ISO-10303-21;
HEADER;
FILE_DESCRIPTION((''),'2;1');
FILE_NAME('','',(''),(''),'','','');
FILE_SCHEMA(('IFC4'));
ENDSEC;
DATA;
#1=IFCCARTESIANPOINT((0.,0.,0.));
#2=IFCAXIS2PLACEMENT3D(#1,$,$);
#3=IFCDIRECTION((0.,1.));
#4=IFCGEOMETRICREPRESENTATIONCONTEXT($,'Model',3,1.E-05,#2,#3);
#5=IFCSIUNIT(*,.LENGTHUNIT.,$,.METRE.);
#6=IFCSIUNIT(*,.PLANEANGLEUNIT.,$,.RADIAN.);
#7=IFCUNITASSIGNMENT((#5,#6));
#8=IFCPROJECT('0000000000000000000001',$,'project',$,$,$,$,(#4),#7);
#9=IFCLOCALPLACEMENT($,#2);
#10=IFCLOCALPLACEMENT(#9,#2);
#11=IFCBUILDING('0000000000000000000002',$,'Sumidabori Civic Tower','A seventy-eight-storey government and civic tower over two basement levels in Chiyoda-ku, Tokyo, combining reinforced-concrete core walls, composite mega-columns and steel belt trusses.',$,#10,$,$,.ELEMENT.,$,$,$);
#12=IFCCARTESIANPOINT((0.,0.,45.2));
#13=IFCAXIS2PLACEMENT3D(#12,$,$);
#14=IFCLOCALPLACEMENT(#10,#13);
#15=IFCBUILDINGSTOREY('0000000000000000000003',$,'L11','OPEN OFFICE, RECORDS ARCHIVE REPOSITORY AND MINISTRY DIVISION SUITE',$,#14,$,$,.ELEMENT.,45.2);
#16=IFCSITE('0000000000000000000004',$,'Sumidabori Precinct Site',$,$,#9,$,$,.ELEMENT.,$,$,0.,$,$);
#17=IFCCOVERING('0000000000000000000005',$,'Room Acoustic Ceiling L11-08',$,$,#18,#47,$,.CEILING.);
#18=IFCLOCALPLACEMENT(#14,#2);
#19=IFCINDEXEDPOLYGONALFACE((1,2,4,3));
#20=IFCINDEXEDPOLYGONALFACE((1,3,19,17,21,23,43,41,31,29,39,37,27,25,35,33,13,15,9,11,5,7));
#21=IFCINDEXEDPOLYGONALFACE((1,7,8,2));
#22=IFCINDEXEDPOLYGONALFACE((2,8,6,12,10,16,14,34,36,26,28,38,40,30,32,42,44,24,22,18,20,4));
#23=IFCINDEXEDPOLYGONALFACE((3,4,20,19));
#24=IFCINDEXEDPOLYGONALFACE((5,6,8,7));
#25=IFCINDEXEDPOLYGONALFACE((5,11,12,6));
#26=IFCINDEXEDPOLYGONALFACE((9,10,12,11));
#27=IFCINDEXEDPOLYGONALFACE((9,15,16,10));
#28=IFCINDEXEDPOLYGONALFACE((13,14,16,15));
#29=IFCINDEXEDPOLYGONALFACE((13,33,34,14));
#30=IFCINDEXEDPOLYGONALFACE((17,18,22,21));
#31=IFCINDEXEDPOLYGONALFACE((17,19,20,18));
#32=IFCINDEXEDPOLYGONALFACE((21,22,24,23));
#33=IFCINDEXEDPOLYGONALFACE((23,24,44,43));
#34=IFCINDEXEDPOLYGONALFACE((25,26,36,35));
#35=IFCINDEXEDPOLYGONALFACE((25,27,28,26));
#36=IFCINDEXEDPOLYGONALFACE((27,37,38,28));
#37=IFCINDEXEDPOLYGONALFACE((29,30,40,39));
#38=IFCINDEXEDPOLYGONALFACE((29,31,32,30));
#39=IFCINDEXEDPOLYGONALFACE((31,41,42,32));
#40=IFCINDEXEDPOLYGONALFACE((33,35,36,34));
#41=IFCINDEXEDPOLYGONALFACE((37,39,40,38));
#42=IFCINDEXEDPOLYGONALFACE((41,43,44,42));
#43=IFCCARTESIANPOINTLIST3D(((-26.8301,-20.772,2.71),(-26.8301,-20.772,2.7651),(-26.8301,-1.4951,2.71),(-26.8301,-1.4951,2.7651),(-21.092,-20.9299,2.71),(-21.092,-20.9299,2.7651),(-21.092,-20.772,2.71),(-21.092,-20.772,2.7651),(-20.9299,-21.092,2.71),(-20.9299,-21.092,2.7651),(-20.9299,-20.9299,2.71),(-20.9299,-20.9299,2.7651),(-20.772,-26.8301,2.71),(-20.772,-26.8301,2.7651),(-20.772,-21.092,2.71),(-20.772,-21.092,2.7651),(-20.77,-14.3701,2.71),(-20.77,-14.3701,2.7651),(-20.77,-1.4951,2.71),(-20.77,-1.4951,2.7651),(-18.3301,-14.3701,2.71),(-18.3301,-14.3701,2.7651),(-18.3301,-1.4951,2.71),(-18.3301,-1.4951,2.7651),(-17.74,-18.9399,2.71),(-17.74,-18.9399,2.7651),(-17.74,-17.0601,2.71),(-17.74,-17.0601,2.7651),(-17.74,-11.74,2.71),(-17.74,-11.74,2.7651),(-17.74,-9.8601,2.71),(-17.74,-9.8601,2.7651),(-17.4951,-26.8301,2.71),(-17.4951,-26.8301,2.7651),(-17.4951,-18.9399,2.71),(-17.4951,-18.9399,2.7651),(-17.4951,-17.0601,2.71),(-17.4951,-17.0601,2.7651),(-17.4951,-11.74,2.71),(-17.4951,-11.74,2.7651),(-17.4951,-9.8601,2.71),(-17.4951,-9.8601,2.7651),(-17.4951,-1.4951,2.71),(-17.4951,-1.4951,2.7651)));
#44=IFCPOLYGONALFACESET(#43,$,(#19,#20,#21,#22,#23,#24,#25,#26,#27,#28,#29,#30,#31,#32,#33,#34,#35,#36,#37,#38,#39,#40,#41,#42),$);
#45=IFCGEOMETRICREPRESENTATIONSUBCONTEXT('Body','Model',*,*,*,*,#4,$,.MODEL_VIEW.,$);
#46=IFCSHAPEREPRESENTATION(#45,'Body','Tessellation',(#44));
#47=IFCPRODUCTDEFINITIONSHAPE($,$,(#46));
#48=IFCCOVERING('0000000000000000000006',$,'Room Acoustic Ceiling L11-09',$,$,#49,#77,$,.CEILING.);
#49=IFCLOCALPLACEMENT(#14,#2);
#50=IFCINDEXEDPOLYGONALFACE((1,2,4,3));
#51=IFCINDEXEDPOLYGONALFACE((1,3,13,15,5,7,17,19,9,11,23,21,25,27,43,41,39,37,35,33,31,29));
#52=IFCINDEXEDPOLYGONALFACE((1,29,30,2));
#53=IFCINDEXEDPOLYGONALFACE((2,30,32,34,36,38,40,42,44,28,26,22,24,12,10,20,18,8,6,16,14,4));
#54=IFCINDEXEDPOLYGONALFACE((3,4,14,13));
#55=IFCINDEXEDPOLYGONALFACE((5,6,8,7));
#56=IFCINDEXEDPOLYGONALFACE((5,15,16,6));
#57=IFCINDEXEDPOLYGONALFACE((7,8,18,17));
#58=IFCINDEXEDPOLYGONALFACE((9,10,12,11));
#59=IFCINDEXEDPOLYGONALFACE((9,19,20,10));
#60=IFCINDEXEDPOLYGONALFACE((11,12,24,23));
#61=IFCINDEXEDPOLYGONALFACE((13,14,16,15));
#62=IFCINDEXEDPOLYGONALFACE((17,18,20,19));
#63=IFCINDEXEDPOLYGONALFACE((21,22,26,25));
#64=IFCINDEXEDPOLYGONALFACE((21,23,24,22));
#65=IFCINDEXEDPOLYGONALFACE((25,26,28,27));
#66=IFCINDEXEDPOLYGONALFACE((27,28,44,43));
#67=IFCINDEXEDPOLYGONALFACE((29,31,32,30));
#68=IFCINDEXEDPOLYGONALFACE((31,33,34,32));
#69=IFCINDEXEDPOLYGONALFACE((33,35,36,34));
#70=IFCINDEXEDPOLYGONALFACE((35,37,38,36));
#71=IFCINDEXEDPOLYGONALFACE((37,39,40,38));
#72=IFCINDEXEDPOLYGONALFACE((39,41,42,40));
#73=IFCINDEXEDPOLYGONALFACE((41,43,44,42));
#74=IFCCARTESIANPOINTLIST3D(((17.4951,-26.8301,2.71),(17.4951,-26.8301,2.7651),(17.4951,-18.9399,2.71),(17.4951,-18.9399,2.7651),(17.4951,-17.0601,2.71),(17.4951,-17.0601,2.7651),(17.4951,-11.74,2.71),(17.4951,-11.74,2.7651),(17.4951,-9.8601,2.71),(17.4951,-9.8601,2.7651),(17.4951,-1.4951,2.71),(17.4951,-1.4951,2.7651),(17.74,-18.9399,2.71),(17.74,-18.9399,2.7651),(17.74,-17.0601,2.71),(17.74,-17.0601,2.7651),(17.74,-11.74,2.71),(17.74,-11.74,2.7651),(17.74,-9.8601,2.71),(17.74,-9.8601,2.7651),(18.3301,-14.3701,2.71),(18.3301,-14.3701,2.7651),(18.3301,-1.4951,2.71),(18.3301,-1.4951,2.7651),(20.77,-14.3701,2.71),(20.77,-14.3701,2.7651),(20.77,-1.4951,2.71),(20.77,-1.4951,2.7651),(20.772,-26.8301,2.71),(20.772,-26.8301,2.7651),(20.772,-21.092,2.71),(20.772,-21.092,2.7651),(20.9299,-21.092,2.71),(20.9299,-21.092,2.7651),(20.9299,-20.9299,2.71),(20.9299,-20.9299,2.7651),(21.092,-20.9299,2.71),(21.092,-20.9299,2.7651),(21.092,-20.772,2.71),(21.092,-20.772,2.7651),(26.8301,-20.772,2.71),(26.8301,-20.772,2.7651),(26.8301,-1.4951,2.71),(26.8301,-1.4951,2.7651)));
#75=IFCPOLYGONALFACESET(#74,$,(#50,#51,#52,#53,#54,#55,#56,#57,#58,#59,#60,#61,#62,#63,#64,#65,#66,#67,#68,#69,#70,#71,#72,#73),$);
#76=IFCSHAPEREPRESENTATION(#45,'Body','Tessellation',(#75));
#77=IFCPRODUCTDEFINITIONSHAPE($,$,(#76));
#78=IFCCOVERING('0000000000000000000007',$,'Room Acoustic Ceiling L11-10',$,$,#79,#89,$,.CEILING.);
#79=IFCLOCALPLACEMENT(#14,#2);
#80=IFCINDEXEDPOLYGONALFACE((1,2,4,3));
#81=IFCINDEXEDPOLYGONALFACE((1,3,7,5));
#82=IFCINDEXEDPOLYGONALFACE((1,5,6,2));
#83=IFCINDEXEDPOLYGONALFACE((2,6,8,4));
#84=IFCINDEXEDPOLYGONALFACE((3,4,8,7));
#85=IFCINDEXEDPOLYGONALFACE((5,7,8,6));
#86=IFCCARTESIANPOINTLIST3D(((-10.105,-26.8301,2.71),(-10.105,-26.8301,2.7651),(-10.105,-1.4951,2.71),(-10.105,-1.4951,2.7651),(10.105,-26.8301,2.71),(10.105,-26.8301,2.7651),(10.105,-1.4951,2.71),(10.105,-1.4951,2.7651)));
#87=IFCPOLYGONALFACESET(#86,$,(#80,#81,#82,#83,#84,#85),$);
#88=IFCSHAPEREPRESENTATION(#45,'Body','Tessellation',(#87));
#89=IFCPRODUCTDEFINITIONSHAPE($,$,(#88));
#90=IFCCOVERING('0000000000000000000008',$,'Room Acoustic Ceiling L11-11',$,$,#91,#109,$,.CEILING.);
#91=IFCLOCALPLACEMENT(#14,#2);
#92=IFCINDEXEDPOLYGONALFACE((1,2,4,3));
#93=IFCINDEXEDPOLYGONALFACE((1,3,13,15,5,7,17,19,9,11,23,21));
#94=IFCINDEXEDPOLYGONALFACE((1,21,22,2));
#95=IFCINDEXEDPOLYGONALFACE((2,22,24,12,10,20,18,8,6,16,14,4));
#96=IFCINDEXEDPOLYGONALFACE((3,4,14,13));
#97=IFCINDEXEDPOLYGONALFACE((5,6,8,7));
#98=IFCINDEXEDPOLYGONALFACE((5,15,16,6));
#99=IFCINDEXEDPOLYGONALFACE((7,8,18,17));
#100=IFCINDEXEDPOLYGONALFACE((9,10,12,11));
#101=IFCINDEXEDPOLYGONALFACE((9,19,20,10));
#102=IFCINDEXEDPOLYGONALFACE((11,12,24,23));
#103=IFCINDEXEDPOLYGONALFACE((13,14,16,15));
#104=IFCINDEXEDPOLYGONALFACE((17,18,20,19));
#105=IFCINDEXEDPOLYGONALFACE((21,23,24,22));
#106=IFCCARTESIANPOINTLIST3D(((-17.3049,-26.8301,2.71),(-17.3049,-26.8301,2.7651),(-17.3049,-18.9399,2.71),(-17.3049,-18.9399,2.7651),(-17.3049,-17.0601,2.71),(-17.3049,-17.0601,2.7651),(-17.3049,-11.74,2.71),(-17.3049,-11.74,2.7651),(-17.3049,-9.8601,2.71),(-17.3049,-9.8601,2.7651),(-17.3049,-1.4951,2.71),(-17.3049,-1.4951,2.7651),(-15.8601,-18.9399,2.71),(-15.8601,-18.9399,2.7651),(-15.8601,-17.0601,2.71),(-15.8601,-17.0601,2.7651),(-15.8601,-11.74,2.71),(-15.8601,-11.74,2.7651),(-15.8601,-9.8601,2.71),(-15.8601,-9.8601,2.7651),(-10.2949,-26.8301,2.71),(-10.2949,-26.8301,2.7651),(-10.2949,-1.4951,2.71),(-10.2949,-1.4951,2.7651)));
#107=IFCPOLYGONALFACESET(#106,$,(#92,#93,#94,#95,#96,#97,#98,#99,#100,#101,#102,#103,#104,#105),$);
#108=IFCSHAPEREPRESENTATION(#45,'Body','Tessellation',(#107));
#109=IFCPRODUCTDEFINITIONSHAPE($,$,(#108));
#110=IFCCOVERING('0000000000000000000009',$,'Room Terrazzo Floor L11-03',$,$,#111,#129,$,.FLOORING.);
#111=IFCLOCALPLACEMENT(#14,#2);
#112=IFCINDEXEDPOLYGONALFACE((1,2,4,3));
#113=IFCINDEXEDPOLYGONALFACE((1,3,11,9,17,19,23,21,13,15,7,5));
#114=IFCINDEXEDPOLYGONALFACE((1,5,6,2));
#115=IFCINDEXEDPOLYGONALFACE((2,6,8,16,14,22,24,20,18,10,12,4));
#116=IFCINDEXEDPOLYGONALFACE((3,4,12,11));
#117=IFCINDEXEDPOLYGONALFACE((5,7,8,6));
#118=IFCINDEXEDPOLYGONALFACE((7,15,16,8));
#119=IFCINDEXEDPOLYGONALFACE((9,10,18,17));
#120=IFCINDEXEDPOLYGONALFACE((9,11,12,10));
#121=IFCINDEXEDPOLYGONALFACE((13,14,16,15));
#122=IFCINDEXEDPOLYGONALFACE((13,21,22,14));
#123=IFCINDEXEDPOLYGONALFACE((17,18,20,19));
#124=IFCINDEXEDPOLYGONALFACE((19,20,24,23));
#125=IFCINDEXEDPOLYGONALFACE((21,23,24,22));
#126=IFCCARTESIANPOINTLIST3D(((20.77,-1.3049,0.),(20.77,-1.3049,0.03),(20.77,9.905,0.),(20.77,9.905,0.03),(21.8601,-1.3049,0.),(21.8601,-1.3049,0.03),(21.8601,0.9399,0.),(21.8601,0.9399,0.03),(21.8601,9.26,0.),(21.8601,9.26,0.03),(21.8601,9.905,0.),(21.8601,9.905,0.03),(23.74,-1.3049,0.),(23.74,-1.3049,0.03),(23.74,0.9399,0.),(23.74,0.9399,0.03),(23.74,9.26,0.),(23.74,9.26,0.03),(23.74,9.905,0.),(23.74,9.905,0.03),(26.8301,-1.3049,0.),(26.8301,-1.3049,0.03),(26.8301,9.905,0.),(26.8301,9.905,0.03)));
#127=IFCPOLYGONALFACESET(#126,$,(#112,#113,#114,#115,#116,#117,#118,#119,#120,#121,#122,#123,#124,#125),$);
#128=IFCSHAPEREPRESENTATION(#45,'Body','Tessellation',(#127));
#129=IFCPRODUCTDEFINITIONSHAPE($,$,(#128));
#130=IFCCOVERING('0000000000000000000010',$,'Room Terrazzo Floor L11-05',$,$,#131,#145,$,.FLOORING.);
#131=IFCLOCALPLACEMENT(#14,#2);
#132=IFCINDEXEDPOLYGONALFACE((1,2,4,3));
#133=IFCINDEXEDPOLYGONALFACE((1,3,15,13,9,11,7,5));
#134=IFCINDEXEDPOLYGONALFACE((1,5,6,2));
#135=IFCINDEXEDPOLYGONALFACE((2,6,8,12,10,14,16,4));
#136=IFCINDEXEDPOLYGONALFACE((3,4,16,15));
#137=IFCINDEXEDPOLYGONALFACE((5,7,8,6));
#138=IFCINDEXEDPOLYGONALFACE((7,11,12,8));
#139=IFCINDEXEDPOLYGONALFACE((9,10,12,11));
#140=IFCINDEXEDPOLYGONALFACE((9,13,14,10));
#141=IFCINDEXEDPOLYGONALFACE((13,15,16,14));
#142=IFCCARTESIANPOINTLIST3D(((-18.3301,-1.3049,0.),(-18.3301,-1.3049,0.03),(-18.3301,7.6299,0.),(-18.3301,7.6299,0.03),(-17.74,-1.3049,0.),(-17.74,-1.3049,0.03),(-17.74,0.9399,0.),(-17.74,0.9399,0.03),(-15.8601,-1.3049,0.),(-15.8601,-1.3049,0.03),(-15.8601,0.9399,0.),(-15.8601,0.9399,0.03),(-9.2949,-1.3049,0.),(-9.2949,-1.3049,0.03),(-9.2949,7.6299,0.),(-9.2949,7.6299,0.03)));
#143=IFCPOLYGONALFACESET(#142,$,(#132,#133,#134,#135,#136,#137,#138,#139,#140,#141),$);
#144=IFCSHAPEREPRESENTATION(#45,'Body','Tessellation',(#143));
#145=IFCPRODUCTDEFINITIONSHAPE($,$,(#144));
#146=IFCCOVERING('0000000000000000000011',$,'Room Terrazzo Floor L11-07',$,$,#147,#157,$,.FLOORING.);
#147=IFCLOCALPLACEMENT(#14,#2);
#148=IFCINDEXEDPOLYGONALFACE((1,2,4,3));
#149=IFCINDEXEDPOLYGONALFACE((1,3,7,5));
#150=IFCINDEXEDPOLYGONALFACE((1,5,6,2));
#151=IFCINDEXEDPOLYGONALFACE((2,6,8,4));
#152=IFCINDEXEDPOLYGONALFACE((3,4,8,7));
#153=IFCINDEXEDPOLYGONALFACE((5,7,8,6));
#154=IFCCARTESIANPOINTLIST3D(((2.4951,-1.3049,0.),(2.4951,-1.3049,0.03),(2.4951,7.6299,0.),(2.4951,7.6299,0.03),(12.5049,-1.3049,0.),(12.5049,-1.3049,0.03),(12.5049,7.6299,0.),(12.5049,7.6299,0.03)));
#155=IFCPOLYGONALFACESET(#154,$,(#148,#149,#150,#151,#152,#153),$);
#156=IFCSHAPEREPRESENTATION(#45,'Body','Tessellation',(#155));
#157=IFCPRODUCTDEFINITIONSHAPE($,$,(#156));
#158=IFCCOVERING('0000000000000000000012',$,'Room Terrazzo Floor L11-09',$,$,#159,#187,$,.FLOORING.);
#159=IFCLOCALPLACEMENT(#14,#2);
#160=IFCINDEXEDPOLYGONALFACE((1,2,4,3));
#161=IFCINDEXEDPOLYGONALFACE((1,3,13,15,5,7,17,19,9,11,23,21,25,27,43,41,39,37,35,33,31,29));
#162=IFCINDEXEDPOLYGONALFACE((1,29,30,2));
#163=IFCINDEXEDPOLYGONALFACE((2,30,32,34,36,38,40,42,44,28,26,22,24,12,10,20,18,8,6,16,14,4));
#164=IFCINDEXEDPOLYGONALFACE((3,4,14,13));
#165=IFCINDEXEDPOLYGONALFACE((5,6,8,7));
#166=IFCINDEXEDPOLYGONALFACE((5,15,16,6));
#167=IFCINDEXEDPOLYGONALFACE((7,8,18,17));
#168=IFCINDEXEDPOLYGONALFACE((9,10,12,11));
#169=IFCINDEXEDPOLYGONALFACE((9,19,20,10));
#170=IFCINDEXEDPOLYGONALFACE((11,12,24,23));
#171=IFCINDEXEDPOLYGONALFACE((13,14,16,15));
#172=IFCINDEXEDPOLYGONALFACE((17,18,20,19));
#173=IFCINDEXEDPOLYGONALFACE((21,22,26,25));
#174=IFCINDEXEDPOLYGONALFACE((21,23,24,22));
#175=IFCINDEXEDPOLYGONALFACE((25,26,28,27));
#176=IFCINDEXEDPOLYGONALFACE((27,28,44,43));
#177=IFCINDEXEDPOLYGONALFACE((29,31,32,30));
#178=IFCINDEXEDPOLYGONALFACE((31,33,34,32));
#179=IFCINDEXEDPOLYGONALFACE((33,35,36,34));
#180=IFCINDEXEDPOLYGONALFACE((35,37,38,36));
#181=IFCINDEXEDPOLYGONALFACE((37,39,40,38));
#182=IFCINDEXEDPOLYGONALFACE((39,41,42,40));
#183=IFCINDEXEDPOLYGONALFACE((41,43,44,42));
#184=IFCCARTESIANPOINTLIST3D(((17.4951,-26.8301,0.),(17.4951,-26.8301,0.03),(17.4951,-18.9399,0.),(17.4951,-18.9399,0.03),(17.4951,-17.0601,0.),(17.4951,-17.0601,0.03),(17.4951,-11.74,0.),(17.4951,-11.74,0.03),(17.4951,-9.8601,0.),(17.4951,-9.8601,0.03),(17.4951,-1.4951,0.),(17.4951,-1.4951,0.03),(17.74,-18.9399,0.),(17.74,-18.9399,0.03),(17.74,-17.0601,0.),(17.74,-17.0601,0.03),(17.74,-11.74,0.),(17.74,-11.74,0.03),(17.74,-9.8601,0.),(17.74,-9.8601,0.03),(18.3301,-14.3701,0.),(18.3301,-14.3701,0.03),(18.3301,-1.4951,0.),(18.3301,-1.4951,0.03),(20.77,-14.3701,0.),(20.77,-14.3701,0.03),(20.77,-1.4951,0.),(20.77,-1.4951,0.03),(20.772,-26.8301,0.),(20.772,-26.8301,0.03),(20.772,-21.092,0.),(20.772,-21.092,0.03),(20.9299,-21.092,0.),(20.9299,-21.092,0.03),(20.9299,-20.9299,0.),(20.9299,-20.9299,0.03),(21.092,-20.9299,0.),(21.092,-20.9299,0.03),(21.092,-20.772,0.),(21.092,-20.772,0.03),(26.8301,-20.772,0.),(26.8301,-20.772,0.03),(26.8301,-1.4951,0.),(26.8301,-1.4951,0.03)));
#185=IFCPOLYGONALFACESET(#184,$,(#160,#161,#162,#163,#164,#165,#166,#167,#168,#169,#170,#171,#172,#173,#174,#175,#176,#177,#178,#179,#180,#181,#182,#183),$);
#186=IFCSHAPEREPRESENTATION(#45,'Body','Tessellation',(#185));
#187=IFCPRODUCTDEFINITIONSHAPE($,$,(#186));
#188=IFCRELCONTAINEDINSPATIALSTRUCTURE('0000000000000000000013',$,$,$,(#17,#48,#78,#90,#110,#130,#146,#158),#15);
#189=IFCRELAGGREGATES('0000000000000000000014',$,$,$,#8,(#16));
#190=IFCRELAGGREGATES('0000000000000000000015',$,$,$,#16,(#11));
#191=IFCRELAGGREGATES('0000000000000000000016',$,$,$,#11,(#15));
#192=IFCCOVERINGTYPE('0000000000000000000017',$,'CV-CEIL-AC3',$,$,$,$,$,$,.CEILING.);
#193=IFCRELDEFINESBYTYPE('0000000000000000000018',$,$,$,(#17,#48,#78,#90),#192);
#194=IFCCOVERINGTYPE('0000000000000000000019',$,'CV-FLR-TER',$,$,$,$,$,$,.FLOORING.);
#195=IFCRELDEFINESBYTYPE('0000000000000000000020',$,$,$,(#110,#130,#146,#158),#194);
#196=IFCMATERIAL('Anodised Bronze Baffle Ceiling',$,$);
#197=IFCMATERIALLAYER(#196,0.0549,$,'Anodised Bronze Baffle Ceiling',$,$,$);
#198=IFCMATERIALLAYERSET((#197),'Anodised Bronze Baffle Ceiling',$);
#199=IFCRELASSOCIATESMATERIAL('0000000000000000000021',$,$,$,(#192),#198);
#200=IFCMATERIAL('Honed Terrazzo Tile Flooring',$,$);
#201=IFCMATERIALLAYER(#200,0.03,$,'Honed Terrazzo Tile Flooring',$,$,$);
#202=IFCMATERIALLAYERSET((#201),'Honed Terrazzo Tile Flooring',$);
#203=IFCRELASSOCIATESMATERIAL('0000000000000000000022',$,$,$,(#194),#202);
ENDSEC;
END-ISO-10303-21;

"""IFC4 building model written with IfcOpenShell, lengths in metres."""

from ifc_helpers import new_model, si_unit, direction, frame, origin, place, context, subcontext, project, spatial, polyline, outline, extrude, material, layer, layer_set, type_object, element, save


model = new_model("IFC4")

# Units and contexts
model_context = context("Model", 3, precision=1e-05, world=origin(), true_north=direction((0.0, 1.0)))
body_context = subcontext(model_context, "Body", "Model", "MODEL_VIEW")
ifc_project = project(units=[si_unit("LENGTHUNIT", "METRE"), si_unit("PLANEANGLEUNIT", "RADIAN")], contexts=[model_context])

# Site, building, storey
site_placement = place(None, origin())
site = spatial("IfcSite", under=ifc_project, at=site_placement, Name="Sumidabori Precinct Site", CompositionType="ELEMENT", RefElevation=0.0)
building_placement = place(site_placement, origin())
building = spatial("IfcBuilding", under=site, at=building_placement, Name="Sumidabori Civic Tower", Description="A seventy-eight-storey government and civic tower over two basement levels in Chiyoda-ku, Tokyo, combining reinforced-concrete core walls, composite mega-columns and steel belt trusses.", CompositionType="ELEMENT")
storey_placement = place(building_placement, frame((0.0, 0.0, 45.2)))
storey = spatial("IfcBuildingStorey", under=building, at=storey_placement, Name="L11", Description="OPEN OFFICE, RECORDS ARCHIVE REPOSITORY AND MINISTRY DIVISION SUITE", CompositionType="ELEMENT", Elevation=45.2)

# Coverings
ifc_material_1 = material(Name="Anodised Bronze Baffle Ceiling")
ifc_layer_1 = layer(ifc_material_1, 0.0549, Name="Anodised Bronze Baffle Ceiling")
ifc_layer_set_1 = layer_set([ifc_layer_1], Name="Anodised Bronze Baffle Ceiling")
covering_type_1 = type_object("IfcCoveringType", Name="CV-CEIL-AC3", PredefinedType="CEILING", material=ifc_layer_set_1)
covering_1_placement = place(storey_placement, frame((0.0, 0.0, 2.71)))
element("IfcCovering", 1, at=covering_1_placement, inside=storey, type_object=covering_type_1, Name="Room Acoustic Ceiling L11-08", PredefinedType="CEILING", context=body_context, shape_type="SweptSolid", body=[
    extrude(outline(polyline([(-26.8301, -20.772), (-26.8301, -1.4951), (-20.77, -1.4951), (-20.77, -14.3701), (-18.3301, -14.3701), (-18.3301, -1.4951), (-17.4951, -1.4951), (-17.4951, -9.8601), (-17.74, -9.8601), (-17.74, -11.74), (-17.4951, -11.74), (-17.4951, -17.0601), (-17.74, -17.0601), (-17.74, -18.9399), (-17.4951, -18.9399), (-17.4951, -26.8301), (-20.772, -26.8301), (-20.772, -21.092), (-20.9299, -21.092), (-20.9299, -20.9299), (-21.092, -20.9299), (-21.092, -20.772), (-26.8301, -20.772)])), origin(), (0.0, 0.0, 1.0), 0.0552),
])
covering_2_placement = place(storey_placement, frame((0.0, 0.0, 2.71)))
element("IfcCovering", 2, at=covering_2_placement, inside=storey, type_object=covering_type_1, Name="Room Acoustic Ceiling L11-09", PredefinedType="CEILING", context=body_context, shape_type="SweptSolid", body=[
    extrude(outline(polyline([(18.3301, -14.3701), (20.77, -14.3701), (20.77, -1.4951), (26.8301, -1.4951), (26.8301, -20.772), (21.092, -20.772), (21.092, -20.9299), (20.9299, -20.9299), (20.9299, -21.092), (20.772, -21.092), (20.772, -26.8301), (17.4951, -26.8301), (17.4951, -18.9399), (17.74, -18.9399), (17.74, -17.0601), (17.4951, -17.0601), (17.4951, -11.74), (17.74, -11.74), (17.74, -9.8601), (17.4951, -9.8601), (17.4951, -1.4951), (18.3301, -1.4951), (18.3301, -14.3701)])), origin(), (0.0, 0.0, 1.0), 0.0552),
])
covering_3_placement = place(storey_placement, frame((0.0, 0.0, 2.71)))
element("IfcCovering", 3, at=covering_3_placement, inside=storey, type_object=covering_type_1, Name="Room Acoustic Ceiling L11-10", PredefinedType="CEILING", context=body_context, shape_type="SweptSolid", body=[
    extrude(outline(polyline([(10.105, -26.8301), (-10.105, -26.8301), (-10.105, -1.4951), (10.105, -1.4951), (10.105, -26.8301)])), origin(), (0.0, 0.0, 1.0), 0.0552),
])
covering_4_placement = place(storey_placement, frame((0.0, 0.0, 2.71)))
element("IfcCovering", 4, at=covering_4_placement, inside=storey, type_object=covering_type_1, Name="Room Acoustic Ceiling L11-11", PredefinedType="CEILING", context=body_context, shape_type="SweptSolid", body=[
    extrude(outline(polyline([(-10.2949, -26.8301), (-17.3049, -26.8301), (-17.3049, -18.9399), (-15.8601, -18.9399), (-15.8601, -17.0601), (-17.3049, -17.0601), (-17.3049, -11.74), (-15.8601, -11.74), (-15.8601, -9.8601), (-17.3049, -9.8601), (-17.3049, -1.4951), (-10.2949, -1.4951), (-10.2949, -26.8301)])), origin(), (0.0, 0.0, 1.0), 0.0552),
])
ifc_material_2 = material(Name="Honed Terrazzo Tile Flooring")
ifc_layer_2 = layer(ifc_material_2, 0.03, Name="Honed Terrazzo Tile Flooring")
ifc_layer_set_2 = layer_set([ifc_layer_2], Name="Honed Terrazzo Tile Flooring")
covering_type_2 = type_object("IfcCoveringType", Name="CV-FLR-TER", PredefinedType="FLOORING", material=ifc_layer_set_2)
covering_5_placement = place(storey_placement, origin())
element("IfcCovering", 5, at=covering_5_placement, inside=storey, type_object=covering_type_2, Name="Room Terrazzo Floor L11-03", PredefinedType="FLOORING", context=body_context, shape_type="SweptSolid", body=[
    extrude(outline(polyline([(20.77, 9.905), (21.8601, 9.905), (21.8601, 9.26), (23.74, 9.26), (23.74, 9.905), (26.8301, 9.905), (26.8301, -1.3049), (23.74, -1.3049), (23.74, 0.9399), (21.8601, 0.9399), (21.8601, -1.3049), (20.77, -1.3049), (20.77, 9.905)])), origin(), (0.0, 0.0, 1.0), 0.03),
])
covering_6_placement = place(storey_placement, origin())
element("IfcCovering", 6, at=covering_6_placement, inside=storey, type_object=covering_type_2, Name="Room Terrazzo Floor L11-05", PredefinedType="FLOORING", context=body_context, shape_type="SweptSolid", body=[
    extrude(outline(polyline([(-18.3301, 7.6299), (-9.2949, 7.6299), (-9.2949, -1.3049), (-15.8601, -1.3049), (-15.8601, 0.9399), (-17.74, 0.9399), (-17.74, -1.3049), (-18.3301, -1.3049), (-18.3301, 7.6299)])), origin(), (0.0, 0.0, 1.0), 0.03),
])
covering_7_placement = place(storey_placement, origin())
element("IfcCovering", 7, at=covering_7_placement, inside=storey, type_object=covering_type_2, Name="Room Terrazzo Floor L11-07", PredefinedType="FLOORING", context=body_context, shape_type="SweptSolid", body=[
    extrude(outline(polyline([(2.4951, 7.6299), (12.5049, 7.6299), (12.5049, -1.3049), (2.4951, -1.3049), (2.4951, 7.6299)])), origin(), (0.0, 0.0, 1.0), 0.03),
])
covering_8_placement = place(storey_placement, origin())
element("IfcCovering", 8, at=covering_8_placement, inside=storey, type_object=covering_type_2, Name="Room Terrazzo Floor L11-09", PredefinedType="FLOORING", context=body_context, shape_type="SweptSolid", body=[
    extrude(outline(polyline([(18.3301, -14.3701), (20.77, -14.3701), (20.77, -1.4951), (26.8301, -1.4951), (26.8301, -20.772), (21.092, -20.772), (21.092, -20.9299), (20.9299, -20.9299), (20.9299, -21.092), (20.772, -21.092), (20.772, -26.8301), (17.4951, -26.8301), (17.4951, -18.9399), (17.74, -18.9399), (17.74, -17.0601), (17.4951, -17.0601), (17.4951, -11.74), (17.74, -11.74), (17.74, -9.8601), (17.4951, -9.8601), (17.4951, -1.4951), (18.3301, -1.4951), (18.3301, -14.3701)])), origin(), (0.0, 0.0, 1.0), 0.03),
])

save(model, "model.ifc")
